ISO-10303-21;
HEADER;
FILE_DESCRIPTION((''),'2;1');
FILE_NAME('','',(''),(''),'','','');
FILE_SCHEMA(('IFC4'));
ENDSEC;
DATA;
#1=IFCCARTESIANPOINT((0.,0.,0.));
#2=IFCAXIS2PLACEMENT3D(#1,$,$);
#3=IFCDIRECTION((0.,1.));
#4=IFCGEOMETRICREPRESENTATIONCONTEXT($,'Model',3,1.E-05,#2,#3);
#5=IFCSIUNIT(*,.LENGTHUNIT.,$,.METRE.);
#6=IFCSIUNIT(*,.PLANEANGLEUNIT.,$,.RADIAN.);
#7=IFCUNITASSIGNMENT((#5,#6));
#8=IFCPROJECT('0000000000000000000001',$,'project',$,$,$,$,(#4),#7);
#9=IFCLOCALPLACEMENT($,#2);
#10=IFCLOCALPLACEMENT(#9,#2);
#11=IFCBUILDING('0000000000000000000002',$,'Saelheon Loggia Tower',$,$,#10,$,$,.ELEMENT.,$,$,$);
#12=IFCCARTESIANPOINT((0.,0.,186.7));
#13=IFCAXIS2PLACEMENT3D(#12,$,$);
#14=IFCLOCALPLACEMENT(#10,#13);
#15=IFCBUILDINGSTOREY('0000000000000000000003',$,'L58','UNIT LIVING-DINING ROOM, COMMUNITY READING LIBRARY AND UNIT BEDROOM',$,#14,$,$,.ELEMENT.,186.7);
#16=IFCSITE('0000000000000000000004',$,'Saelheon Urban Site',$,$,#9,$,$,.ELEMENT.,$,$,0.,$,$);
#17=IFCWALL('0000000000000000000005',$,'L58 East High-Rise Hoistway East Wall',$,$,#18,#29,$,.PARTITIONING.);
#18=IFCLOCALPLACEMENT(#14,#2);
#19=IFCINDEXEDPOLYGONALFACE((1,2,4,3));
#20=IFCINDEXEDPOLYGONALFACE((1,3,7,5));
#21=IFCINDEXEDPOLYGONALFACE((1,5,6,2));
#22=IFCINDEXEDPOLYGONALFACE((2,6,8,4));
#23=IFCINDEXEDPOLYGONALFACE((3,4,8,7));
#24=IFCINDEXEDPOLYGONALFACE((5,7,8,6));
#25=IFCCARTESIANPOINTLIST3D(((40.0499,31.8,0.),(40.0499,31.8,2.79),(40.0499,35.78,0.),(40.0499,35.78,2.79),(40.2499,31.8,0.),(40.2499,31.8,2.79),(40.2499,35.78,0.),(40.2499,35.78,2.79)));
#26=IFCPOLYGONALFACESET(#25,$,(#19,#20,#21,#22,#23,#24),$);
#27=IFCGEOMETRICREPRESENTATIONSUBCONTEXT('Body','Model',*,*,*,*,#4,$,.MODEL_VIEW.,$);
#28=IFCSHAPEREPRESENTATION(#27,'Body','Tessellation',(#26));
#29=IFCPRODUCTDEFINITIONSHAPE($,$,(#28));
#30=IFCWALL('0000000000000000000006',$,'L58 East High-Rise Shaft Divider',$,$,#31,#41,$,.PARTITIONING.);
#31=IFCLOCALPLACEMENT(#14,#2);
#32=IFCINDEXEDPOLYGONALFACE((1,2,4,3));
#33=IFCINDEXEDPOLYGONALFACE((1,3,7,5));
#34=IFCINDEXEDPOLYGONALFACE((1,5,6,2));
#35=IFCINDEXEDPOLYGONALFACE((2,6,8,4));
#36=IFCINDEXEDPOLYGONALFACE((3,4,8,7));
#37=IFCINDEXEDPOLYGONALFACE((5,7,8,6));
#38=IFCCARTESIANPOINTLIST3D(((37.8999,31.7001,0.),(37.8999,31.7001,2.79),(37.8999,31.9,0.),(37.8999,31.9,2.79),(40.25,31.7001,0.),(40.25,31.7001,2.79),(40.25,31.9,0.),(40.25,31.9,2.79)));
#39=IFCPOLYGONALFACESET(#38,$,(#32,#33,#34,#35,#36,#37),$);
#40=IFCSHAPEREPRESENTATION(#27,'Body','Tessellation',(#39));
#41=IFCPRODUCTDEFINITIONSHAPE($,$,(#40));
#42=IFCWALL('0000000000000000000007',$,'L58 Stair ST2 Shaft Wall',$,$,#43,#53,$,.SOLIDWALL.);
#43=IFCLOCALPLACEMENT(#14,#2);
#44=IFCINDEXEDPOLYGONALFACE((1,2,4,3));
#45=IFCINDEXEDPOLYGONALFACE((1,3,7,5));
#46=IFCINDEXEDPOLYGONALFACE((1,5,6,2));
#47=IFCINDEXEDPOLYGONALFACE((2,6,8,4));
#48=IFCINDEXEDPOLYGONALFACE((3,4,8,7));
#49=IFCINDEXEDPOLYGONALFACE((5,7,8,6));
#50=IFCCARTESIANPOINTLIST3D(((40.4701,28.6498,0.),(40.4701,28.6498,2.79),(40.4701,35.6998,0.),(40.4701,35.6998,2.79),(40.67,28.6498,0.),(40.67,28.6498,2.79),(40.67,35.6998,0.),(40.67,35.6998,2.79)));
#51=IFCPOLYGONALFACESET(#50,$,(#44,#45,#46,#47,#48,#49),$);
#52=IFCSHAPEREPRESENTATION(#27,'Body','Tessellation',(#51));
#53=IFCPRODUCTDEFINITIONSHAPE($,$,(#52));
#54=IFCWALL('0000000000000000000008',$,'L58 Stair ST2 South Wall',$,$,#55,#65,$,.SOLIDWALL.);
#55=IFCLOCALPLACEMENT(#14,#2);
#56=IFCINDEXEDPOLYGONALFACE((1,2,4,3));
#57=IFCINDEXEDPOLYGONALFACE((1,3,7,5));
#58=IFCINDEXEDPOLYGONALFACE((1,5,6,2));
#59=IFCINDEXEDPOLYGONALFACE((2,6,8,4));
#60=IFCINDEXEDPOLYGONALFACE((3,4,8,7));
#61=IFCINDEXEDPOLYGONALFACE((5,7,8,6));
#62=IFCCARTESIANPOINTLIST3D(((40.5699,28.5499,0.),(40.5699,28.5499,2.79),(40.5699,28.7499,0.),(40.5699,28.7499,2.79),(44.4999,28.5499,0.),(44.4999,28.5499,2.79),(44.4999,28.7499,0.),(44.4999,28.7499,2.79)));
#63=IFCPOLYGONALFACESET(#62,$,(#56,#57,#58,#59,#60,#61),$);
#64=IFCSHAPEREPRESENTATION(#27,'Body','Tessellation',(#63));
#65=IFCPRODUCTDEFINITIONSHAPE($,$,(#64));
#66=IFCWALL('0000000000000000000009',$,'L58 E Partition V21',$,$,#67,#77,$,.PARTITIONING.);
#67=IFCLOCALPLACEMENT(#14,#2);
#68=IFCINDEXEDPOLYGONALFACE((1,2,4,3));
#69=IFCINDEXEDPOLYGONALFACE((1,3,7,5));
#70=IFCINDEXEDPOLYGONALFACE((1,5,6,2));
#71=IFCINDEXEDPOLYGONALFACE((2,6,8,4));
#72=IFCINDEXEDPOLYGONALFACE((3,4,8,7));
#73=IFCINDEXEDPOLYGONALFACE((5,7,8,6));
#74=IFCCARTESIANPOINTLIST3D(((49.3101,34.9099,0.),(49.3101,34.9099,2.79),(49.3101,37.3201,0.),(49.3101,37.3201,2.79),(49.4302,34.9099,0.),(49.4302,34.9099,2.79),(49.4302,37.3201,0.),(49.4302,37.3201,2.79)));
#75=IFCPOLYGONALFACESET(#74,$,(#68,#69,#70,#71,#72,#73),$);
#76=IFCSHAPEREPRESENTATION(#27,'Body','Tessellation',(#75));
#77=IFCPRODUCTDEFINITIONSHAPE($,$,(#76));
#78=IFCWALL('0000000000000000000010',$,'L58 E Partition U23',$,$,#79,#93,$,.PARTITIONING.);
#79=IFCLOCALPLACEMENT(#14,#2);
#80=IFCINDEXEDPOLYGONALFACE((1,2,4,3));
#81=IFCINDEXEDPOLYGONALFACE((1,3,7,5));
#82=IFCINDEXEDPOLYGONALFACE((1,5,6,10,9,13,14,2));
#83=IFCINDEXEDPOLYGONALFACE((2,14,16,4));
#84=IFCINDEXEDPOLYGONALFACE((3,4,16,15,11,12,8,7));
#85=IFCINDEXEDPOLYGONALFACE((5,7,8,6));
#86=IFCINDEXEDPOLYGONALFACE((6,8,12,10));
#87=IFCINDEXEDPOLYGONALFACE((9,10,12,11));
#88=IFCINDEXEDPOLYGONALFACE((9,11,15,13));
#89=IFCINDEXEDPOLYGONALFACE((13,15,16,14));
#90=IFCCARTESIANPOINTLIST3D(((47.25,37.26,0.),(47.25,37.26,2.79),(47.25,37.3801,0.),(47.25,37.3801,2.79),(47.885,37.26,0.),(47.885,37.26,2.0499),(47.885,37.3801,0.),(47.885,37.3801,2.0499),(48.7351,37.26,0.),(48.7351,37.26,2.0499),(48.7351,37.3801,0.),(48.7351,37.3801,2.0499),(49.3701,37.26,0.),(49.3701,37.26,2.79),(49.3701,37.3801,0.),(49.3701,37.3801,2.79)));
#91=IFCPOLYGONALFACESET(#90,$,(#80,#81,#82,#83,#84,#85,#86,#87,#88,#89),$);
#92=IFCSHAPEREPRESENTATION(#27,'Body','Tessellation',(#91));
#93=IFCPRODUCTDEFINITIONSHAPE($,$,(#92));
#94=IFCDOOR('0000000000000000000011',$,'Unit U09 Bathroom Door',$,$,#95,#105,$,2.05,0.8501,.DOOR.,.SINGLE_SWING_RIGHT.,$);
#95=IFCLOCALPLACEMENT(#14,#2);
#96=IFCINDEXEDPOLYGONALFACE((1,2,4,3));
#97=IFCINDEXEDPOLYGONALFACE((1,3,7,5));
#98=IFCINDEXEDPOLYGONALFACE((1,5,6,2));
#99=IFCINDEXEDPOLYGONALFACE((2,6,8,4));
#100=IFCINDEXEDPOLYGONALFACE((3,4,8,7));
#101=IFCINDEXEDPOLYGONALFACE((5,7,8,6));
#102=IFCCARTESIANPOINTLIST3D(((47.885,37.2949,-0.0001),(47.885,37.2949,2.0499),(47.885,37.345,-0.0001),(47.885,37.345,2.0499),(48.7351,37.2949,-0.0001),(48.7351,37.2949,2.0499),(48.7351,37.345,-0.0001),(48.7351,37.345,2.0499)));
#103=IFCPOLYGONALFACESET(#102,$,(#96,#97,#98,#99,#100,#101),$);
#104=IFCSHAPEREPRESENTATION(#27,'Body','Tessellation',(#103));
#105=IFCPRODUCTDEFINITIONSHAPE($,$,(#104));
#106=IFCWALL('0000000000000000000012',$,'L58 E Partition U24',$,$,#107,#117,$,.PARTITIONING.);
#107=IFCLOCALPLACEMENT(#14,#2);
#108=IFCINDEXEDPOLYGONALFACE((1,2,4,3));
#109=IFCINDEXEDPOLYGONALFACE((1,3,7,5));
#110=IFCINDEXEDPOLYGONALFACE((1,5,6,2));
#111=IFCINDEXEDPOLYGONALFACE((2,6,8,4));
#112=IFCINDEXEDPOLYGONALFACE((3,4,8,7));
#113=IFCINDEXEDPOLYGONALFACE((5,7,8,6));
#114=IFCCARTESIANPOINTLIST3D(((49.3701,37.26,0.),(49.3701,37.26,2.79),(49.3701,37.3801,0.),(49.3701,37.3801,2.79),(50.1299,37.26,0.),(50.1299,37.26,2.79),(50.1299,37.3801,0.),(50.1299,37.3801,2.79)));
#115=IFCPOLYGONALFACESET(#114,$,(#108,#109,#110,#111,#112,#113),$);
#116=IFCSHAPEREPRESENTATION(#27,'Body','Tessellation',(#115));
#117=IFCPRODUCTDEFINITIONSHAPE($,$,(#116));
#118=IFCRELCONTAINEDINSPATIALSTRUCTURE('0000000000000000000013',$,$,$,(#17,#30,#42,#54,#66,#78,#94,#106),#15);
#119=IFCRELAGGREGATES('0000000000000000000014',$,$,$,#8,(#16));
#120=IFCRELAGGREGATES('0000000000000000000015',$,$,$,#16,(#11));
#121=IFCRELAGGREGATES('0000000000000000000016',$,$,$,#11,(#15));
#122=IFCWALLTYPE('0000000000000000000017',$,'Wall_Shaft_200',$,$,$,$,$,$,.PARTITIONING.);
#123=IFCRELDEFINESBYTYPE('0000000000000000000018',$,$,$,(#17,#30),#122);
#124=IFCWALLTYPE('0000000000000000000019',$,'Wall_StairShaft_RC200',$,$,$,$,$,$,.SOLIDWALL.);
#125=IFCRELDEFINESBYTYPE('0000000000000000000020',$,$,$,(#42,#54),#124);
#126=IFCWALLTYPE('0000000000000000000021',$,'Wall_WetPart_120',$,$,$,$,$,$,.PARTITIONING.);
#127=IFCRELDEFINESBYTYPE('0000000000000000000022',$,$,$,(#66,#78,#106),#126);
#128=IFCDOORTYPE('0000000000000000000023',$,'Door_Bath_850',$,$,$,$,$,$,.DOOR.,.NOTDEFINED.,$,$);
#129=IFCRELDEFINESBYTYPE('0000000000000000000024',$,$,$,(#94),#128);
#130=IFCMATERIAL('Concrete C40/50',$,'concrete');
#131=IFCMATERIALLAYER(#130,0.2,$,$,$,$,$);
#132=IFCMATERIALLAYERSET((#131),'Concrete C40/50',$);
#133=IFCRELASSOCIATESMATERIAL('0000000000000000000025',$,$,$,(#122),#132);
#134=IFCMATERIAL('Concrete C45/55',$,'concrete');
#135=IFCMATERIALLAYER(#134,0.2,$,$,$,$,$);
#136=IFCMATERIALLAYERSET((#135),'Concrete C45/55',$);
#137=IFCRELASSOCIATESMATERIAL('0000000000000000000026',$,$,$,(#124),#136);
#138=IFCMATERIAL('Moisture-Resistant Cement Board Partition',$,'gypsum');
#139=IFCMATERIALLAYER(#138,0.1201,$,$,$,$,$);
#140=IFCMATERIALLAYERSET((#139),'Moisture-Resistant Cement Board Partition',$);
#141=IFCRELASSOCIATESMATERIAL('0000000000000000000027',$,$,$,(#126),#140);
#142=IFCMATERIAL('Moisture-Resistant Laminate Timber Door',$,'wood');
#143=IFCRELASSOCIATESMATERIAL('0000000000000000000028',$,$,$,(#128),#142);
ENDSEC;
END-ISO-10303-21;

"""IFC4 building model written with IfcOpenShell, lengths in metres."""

from ifc_helpers import new_model, si_unit, direction, frame, frame_2d, origin, place, context, subcontext, project, spatial, rectangle, extrude, source, transform, mapped, material, layer, layer_set, type_object, element, fill, save


model = new_model("IFC4")

# Units and contexts
model_context = context("Model", 3, precision=1e-05, world=origin(), true_north=direction((0.0, 1.0)))
body_context = subcontext(model_context, "Body", "Model", "MODEL_VIEW")
ifc_project = project(units=[si_unit("LENGTHUNIT", "METRE"), si_unit("PLANEANGLEUNIT", "RADIAN")], contexts=[model_context])

# Site, building, storey
site_placement = place(None, origin())
site = spatial("IfcSite", under=ifc_project, at=site_placement, Name="Saelheon Urban Site", CompositionType="ELEMENT", RefElevation=0.0)
building_placement = place(site_placement, origin())
building = spatial("IfcBuilding", under=site, at=building_placement, Name="Saelheon Loggia Tower", CompositionType="ELEMENT")
storey_placement = place(building_placement, frame((0.0, 0.0, 186.7)))
storey = spatial("IfcBuildingStorey", under=building, at=storey_placement, Name="L58", Description="UNIT LIVING-DINING ROOM, COMMUNITY READING LIBRARY AND UNIT BEDROOM", CompositionType="ELEMENT", Elevation=186.7)

# Shared definitions
ifc_material_1 = material(Name="Concrete C40/50", Category="concrete")

# Walls
ifc_layer_1 = layer(ifc_material_1, 0.2)
ifc_layer_set_1 = layer_set([ifc_layer_1], Name="Concrete C40/50")
wall_type_1 = type_object("IfcWallType", Name="Wall_Shaft_200", PredefinedType="PARTITIONING", material=ifc_layer_set_1)
wall_1_placement = place(storey_placement, frame((40.1499, 31.8, 0.0), z_axis=(0.0, 0.0, 1.0), x_axis=(0.0, 1.0, 0.0)))
element("IfcWall", 1, at=wall_1_placement, inside=storey, type_object=wall_type_1, Name="L58 East High-Rise Hoistway East Wall", PredefinedType="PARTITIONING", context=body_context, shape_type="SweptSolid", body=[
    extrude(rectangle(XDim=3.98, YDim=0.2, at=frame_2d((1.99, 0.0))), origin(), (0.0, 0.0, 1.0), 2.79),
])
wall_2_placement = place(storey_placement, frame((37.8999, 31.8, 0.0), z_axis=(0.0, 0.0, 1.0), x_axis=(1.0, 0.0, 0.0)))
element("IfcWall", 2, at=wall_2_placement, inside=storey, type_object=wall_type_1, Name="L58 East High-Rise Shaft Divider", PredefinedType="PARTITIONING", context=body_context, shape_type="SweptSolid", body=[
    extrude(rectangle(XDim=2.3501, YDim=0.2, at=frame_2d((1.175, 0.0))), origin(), (0.0, 0.0, 1.0), 2.79),
])
ifc_material_2 = material(Name="Concrete C45/55", Category="concrete")
ifc_layer_2 = layer(ifc_material_2, 0.2)
ifc_layer_set_2 = layer_set([ifc_layer_2], Name="Concrete C45/55")
wall_type_2 = type_object("IfcWallType", Name="Wall_StairShaft_RC200", PredefinedType="SOLIDWALL", material=ifc_layer_set_2)
wall_3_placement = place(storey_placement, frame((40.5701, 28.6499, 0.0), z_axis=(0.0, 0.0, 1.0), x_axis=(0.0, 1.0, 0.0)))
element("IfcWall", 3, at=wall_3_placement, inside=storey, type_object=wall_type_2, Name="L58 Stair ST2 Shaft Wall", PredefinedType="SOLIDWALL", context=body_context, shape_type="SweptSolid", body=[
    extrude(rectangle(XDim=7.05, YDim=0.2, at=frame_2d((3.5249, 0.0))), origin(), (0.0, 0.0, 1.0), 2.79),
])
wall_4_placement = place(storey_placement, frame((40.5701, 28.6499, 0.0), z_axis=(0.0, 0.0, 1.0), x_axis=(1.0, 0.0, 0.0)))
element("IfcWall", 4, at=wall_4_placement, inside=storey, type_object=wall_type_2, Name="L58 Stair ST2 South Wall", PredefinedType="SOLIDWALL", context=body_context, shape_type="SweptSolid", body=[
    extrude(rectangle(XDim=3.9299, YDim=0.2, at=frame_2d((1.9648, 0.0))), origin(), (0.0, 0.0, 1.0), 2.79),
])
ifc_material_3 = material(Name="Moisture-Resistant Cement Board Partition", Category="gypsum")
ifc_layer_3 = layer(ifc_material_3, 0.1201)
ifc_layer_set_3 = layer_set([ifc_layer_3], Name="Moisture-Resistant Cement Board Partition")
wall_type_3 = type_object("IfcWallType", Name="Wall_WetPart_120", PredefinedType="PARTITIONING", material=ifc_layer_set_3)
wall_5_placement = place(storey_placement, frame((49.3701, 34.9099, 0.0), z_axis=(0.0, 0.0, 1.0), x_axis=(0.0, 1.0, 0.0)))
element("IfcWall", 5, at=wall_5_placement, inside=storey, type_object=wall_type_3, Name="L58 E Partition V21", PredefinedType="PARTITIONING", context=body_context, shape_type="SweptSolid", body=[
    extrude(rectangle(XDim=2.4102, YDim=0.1201, at=frame_2d((1.2051, 0.0))), origin(), (0.0, 0.0, 1.0), 2.79),
])

# Wall, opening, door
wall_6_placement = place(storey_placement, frame((47.25, 37.3201, 0.0), z_axis=(0.0, 0.0, 1.0), x_axis=(1.0, 0.0, 0.0)))
wall_6 = element("IfcWall", 6, at=wall_6_placement, inside=storey, type_object=wall_type_3, Name="L58 E Partition U23", PredefinedType="PARTITIONING", context=body_context, shape_type="SweptSolid", body=[
    extrude(rectangle(XDim=2.1201, YDim=0.1201, at=frame_2d((1.0601, 0.0))), origin(), (0.0, 0.0, 1.0), 2.79),
])
opening_1_placement = place(wall_6_placement, frame((0.635, 0.0, 0.0)))
opening_1 = element("IfcOpeningElement", 7, at=opening_1_placement, cuts=wall_6, PredefinedType="OPENING", context=body_context, shape_type="SweptSolid", body=[
    extrude(rectangle(XDim=0.8501, YDim=2.05, at=frame_2d((0.425, 1.0249))), frame((0.0, 0.072, 0.0), z_axis=(0.0, -1.0, 0.0), x_axis=(1.0, 0.0, 0.0)), (0.0, 0.0, 1.0), 0.144),
])
ifc_material_4 = material(Name="Moisture-Resistant Laminate Timber Door", Category="wood")
door_type_1 = type_object("IfcDoorType", Name="Door_Bath_850", OperationType="NOTDEFINED", PredefinedType="DOOR", material=ifc_material_4)
shared_shape_1 = source(origin(), body_context, "Body", "SweptSolid", [
    extrude(rectangle(XDim=0.8501, YDim=2.05, at=frame_2d((0.425, 1.0249))), frame((0.0, 0.0249, 0.0), z_axis=(0.0, -1.0, 0.0), x_axis=(1.0, 0.0, 0.0)), (0.0, 0.0, 1.0), 0.05),
])
door_1_placement = place(opening_1_placement, origin())
door_1 = element("IfcDoor", 8, at=door_1_placement, inside=storey, type_object=door_type_1, Name="Unit U09 Bathroom Door", OperationType="SINGLE_SWING_RIGHT", OverallHeight=2.05, OverallWidth=0.8501, PredefinedType="DOOR", context=body_context, shape_type="MappedRepresentation", body=[
    mapped(shared_shape_1, transform((0.0, 0.0, 0.0), scale=1.0)),
])
fill(opening_1, door_1)

# Wall
wall_7_placement = place(storey_placement, frame((49.3701, 37.3201, 0.0), z_axis=(0.0, 0.0, 1.0), x_axis=(1.0, 0.0, 0.0)))
element("IfcWall", 9, at=wall_7_placement, inside=storey, type_object=wall_type_3, Name="L58 E Partition U24", PredefinedType="PARTITIONING", context=body_context, shape_type="SweptSolid", body=[
    extrude(rectangle(XDim=0.7598, YDim=0.1201, at=frame_2d((0.3799, 0.0))), origin(), (0.0, 0.0, 1.0), 2.79),
])

save(model, "model.ifc")
